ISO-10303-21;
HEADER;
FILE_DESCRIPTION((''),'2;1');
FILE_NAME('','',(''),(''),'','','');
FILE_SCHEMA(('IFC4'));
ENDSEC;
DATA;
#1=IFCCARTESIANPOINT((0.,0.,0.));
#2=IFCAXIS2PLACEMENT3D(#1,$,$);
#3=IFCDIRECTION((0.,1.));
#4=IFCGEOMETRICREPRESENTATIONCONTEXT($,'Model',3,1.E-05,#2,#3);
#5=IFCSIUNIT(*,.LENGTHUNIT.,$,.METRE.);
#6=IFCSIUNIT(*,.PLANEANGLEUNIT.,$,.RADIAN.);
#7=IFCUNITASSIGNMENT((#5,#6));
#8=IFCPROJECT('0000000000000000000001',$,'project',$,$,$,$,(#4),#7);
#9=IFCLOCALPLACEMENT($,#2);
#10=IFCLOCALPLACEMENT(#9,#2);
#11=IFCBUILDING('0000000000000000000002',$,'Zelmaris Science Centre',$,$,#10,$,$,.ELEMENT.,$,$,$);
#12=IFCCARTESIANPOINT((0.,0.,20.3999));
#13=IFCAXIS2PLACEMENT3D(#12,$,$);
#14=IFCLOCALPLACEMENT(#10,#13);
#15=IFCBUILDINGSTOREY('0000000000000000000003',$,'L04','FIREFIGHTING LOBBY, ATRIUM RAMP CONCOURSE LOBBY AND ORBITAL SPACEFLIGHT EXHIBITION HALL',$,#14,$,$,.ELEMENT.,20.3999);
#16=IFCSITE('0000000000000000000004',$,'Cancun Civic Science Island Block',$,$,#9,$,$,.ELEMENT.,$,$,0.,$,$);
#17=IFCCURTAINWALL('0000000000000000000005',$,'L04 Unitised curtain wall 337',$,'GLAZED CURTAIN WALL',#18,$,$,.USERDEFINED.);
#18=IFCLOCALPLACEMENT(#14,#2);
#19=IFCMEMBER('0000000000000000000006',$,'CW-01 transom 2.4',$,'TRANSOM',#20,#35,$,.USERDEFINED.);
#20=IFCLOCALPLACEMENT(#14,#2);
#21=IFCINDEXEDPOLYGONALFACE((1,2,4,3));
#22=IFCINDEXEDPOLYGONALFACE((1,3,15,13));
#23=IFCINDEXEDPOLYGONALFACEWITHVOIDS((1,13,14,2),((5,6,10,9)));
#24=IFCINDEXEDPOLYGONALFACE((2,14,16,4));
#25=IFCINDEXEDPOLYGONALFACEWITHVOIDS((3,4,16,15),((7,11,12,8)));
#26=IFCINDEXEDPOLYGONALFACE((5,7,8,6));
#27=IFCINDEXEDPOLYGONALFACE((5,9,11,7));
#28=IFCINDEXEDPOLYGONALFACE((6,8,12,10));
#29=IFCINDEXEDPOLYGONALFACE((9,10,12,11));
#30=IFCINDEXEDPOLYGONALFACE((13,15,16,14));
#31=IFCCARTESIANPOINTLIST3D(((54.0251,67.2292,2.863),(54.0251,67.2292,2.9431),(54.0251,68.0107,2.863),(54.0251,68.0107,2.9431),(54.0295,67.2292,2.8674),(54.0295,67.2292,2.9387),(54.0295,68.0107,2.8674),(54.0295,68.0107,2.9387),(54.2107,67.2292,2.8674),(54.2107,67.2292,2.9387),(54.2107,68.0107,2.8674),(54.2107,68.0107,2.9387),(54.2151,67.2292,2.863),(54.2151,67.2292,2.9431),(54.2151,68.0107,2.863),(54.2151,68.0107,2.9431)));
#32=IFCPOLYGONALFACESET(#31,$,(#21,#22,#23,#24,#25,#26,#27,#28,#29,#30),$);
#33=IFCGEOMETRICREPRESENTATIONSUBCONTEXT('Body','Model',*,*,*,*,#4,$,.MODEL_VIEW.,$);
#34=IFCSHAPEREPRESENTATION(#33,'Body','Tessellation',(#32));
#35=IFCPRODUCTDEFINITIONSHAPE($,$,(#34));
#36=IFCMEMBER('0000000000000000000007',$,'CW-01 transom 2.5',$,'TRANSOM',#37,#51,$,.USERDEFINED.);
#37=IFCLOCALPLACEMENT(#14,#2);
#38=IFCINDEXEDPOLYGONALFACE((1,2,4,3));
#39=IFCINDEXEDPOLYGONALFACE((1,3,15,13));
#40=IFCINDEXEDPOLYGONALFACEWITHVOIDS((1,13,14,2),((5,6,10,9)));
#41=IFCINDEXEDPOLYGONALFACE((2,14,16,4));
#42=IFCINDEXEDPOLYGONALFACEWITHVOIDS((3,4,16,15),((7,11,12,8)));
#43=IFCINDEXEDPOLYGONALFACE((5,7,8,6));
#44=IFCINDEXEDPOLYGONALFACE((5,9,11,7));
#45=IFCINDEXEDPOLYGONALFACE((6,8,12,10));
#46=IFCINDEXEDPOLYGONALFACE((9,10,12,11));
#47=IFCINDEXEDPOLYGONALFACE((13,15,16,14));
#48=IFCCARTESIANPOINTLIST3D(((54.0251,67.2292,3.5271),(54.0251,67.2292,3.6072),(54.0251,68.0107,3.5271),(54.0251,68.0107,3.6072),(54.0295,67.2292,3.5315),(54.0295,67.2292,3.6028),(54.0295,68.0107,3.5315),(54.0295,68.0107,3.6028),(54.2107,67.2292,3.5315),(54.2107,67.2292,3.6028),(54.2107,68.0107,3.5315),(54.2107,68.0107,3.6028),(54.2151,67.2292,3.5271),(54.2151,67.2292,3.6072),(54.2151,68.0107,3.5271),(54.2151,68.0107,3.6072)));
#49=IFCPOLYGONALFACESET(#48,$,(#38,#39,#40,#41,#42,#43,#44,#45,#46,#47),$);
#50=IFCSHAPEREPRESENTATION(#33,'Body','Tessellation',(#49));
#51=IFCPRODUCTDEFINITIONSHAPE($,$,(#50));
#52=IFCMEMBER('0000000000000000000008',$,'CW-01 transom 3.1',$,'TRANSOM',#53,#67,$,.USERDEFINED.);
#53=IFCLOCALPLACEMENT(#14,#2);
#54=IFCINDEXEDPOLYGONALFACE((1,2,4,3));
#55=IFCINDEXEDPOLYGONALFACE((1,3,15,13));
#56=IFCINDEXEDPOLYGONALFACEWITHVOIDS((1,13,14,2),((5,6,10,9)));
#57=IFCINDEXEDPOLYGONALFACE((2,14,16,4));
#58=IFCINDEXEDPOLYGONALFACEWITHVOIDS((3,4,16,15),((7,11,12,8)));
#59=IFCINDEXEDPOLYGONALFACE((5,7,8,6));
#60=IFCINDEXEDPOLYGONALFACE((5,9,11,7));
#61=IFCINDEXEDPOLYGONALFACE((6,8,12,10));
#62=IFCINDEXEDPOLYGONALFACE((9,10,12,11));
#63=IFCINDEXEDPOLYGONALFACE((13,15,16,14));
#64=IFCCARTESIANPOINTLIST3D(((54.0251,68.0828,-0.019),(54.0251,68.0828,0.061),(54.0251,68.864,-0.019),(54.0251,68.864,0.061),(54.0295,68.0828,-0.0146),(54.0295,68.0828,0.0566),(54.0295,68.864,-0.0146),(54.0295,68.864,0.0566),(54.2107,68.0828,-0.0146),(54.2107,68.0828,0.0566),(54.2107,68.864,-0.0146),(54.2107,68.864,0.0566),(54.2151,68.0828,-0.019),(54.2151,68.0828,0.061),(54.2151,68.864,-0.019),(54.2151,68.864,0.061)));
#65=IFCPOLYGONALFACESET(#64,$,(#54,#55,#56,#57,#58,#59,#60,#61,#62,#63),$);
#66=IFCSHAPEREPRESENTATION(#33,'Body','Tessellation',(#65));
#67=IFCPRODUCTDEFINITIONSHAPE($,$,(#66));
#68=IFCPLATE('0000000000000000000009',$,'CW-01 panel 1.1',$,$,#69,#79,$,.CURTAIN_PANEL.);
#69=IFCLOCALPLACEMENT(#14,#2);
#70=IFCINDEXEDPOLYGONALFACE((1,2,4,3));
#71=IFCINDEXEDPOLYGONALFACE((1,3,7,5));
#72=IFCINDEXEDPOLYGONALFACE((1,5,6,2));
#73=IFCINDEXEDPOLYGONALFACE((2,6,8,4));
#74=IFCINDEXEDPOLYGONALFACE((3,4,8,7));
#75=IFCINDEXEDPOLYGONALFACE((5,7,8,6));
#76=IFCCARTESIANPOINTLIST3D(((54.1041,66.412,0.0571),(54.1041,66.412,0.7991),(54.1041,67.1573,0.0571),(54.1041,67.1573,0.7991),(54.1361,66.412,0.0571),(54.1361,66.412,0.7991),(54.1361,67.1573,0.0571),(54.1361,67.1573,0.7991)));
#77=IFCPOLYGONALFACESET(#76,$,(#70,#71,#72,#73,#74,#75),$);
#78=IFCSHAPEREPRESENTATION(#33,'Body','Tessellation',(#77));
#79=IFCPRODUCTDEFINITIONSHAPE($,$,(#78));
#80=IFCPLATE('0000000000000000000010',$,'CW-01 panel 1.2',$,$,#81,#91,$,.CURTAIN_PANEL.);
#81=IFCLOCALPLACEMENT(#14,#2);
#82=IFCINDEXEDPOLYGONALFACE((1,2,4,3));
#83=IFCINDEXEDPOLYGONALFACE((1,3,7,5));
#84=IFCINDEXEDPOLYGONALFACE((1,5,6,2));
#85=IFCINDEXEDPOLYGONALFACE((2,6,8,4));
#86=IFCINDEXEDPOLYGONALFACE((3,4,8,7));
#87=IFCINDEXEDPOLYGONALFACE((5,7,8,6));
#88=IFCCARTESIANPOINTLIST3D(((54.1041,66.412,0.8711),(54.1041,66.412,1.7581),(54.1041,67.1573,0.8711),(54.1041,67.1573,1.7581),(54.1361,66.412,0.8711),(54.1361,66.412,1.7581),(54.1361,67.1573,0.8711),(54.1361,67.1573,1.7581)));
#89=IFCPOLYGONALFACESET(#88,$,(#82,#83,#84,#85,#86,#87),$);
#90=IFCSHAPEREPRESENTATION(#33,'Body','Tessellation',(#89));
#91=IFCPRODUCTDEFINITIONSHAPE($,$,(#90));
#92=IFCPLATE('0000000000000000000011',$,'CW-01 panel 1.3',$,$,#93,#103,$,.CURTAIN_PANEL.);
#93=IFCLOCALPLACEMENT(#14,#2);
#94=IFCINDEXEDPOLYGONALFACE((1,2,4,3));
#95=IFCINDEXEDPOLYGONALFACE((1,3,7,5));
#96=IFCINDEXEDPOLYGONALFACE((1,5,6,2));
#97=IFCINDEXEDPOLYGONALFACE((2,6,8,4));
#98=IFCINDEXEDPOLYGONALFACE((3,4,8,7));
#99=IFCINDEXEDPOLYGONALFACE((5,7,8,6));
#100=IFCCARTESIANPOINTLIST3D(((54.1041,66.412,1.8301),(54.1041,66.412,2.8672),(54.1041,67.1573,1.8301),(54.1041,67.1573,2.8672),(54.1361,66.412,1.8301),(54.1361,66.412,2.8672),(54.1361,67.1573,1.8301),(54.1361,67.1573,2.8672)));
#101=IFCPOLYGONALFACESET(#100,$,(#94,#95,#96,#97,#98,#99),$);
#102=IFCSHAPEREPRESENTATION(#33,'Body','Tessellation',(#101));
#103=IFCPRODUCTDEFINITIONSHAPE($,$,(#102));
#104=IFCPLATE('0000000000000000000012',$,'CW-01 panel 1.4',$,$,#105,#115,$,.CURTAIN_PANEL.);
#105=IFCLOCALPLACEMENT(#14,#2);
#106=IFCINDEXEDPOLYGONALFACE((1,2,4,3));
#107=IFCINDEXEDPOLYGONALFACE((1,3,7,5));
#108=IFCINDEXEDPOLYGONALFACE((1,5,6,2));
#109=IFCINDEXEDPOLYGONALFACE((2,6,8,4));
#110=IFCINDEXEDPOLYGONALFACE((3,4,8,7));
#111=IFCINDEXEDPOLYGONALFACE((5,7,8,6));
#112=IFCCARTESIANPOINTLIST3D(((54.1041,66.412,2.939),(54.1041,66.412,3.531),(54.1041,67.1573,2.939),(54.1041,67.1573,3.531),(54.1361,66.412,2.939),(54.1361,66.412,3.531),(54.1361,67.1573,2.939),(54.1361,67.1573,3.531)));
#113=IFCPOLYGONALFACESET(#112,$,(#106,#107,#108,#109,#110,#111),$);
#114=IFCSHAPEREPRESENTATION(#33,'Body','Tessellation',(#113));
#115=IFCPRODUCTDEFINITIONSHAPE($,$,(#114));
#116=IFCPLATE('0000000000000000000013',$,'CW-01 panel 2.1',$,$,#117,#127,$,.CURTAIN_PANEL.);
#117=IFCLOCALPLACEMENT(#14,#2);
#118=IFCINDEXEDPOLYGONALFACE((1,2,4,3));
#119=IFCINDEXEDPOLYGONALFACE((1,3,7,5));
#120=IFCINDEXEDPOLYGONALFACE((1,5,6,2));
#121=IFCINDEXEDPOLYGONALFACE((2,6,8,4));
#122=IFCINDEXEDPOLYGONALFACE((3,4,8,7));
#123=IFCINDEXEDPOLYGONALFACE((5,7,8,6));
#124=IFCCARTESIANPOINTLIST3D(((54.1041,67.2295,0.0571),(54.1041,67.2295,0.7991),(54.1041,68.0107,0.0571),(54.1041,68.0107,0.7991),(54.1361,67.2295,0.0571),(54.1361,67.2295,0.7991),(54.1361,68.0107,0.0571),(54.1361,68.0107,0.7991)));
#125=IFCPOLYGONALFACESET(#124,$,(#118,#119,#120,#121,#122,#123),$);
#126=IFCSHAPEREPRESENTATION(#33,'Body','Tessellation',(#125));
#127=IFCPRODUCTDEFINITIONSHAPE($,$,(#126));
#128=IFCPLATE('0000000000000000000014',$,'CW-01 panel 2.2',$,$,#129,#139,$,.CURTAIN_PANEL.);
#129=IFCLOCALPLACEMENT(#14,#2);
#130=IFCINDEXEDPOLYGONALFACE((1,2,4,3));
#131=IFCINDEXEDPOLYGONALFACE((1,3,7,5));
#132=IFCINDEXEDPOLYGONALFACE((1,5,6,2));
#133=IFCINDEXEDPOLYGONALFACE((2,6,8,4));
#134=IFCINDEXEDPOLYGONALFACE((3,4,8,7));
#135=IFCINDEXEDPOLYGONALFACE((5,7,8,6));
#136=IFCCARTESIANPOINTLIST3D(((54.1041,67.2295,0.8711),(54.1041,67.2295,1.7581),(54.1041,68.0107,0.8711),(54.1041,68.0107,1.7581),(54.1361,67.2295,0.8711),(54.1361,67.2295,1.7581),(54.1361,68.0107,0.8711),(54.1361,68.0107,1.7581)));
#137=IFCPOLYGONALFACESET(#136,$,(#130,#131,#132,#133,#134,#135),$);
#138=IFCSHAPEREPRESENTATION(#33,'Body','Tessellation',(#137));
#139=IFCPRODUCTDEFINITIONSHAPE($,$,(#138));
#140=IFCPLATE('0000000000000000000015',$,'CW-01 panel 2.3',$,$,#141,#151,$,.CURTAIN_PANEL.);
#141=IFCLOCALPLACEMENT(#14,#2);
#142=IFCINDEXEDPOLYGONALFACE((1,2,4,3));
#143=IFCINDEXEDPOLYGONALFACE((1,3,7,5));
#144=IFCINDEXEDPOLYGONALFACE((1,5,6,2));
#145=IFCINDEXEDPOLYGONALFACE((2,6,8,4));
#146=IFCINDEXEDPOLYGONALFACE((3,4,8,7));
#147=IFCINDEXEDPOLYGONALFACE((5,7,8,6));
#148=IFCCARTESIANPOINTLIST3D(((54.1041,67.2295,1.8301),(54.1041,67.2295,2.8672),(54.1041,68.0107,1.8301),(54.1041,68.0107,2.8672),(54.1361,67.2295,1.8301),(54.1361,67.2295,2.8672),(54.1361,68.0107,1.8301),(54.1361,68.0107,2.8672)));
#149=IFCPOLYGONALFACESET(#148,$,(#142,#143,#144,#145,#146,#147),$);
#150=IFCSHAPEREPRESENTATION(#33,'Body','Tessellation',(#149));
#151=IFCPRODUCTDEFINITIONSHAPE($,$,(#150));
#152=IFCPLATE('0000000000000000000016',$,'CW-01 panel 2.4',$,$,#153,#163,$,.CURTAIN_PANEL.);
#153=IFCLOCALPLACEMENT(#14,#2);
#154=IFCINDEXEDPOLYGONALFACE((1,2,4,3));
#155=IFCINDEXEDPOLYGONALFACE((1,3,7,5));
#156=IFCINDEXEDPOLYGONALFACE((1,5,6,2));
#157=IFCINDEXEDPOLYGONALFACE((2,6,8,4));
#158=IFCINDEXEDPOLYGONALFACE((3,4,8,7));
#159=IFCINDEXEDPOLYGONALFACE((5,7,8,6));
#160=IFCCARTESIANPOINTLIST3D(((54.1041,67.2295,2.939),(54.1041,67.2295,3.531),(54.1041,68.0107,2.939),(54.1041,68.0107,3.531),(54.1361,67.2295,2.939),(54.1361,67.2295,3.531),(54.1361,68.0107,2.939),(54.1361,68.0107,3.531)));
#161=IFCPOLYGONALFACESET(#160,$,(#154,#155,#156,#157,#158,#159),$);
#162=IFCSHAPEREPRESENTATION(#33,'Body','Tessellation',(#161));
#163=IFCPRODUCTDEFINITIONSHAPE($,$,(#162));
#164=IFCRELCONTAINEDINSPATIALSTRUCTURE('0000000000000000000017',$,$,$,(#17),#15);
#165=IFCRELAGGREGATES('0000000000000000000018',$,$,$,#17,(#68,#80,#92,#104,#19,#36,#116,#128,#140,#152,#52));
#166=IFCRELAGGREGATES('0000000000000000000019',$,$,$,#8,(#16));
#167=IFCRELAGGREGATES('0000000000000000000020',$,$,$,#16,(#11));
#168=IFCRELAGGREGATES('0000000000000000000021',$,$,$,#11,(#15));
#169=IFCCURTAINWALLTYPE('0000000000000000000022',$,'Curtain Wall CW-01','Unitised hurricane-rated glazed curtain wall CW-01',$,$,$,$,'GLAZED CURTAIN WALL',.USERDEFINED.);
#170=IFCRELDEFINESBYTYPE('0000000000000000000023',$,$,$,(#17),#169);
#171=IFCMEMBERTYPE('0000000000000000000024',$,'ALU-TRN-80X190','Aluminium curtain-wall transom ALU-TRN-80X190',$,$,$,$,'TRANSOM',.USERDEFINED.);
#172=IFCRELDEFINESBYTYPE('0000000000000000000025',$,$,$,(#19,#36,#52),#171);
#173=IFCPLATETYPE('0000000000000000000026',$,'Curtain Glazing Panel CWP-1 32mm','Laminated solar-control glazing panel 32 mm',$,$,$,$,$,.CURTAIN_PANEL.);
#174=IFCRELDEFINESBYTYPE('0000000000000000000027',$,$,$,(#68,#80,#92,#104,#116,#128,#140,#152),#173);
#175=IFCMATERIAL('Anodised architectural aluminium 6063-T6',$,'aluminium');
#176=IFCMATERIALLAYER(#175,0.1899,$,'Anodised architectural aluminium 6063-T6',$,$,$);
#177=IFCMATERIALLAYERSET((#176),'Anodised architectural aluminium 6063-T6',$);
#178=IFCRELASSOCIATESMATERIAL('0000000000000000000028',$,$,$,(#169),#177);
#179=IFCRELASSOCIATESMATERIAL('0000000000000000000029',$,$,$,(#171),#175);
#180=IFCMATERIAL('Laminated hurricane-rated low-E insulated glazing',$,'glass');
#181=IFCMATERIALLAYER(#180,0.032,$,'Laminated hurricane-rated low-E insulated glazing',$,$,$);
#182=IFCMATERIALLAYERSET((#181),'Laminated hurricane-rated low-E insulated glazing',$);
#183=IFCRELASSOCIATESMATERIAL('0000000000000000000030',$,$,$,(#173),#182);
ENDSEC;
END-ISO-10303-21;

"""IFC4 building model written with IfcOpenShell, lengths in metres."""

from ifc_helpers import new_model, si_unit, direction, frame, origin, origin_2d, place, context, subcontext, project, spatial, rectangle, hollow_rectangle, extrude, material, layer, layer_set, material_profile, profile_set, type_object, element, aggregate, save


model = new_model("IFC4")

# Units and contexts
model_context = context("Model", 3, precision=1e-05, world=origin(), true_north=direction((0.0, 1.0)))
body_context = subcontext(model_context, "Body", "Model", "MODEL_VIEW")
ifc_project = project(units=[si_unit("LENGTHUNIT", "METRE"), si_unit("PLANEANGLEUNIT", "RADIAN")], contexts=[model_context])

# Site, building, storey
site_placement = place(None, origin())
site = spatial("IfcSite", under=ifc_project, at=site_placement, Name="Cancun Civic Science Island Block", CompositionType="ELEMENT", RefElevation=0.0)
building_placement = place(site_placement, origin())
building = spatial("IfcBuilding", under=site, at=building_placement, Name="Zelmaris Science Centre", CompositionType="ELEMENT")
storey_placement = place(building_placement, frame((0.0, 0.0, 20.3999)))
storey = spatial("IfcBuildingStorey", under=building, at=storey_placement, Name="L04", Description="FIREFIGHTING LOBBY, ATRIUM RAMP CONCOURSE LOBBY AND ORBITAL SPACEFLIGHT EXHIBITION HALL", CompositionType="ELEMENT", Elevation=20.3999)

# Curtain wall, members, plates
ifc_material_1 = material(Name="Anodised architectural aluminium 6063-T6", Category="aluminium")
ifc_layer_1 = layer(ifc_material_1, 0.1899, Name="Anodised architectural aluminium 6063-T6")
ifc_layer_set_1 = layer_set([ifc_layer_1], Name="Anodised architectural aluminium 6063-T6")
curtain_wall_type = type_object("IfcCurtainWallType", Name="Curtain Wall CW-01", Description="Unitised hurricane-rated glazed curtain wall CW-01", ElementType="GLAZED CURTAIN WALL", PredefinedType="USERDEFINED", material=ifc_layer_set_1)
curtain_wall_placement = place(storey_placement, origin())
curtain_wall = element("IfcCurtainWall", 1, at=curtain_wall_placement, inside=storey, type_object=curtain_wall_type, Name="L04 Unitised curtain wall 337", ObjectType="GLAZED CURTAIN WALL", PredefinedType="USERDEFINED")
ifc_material_profile_1 = material_profile(ifc_material_1, hollow_rectangle(XDim=0.0801, YDim=0.1899, WallThickness=0.0044, at=origin_2d()), Name="ALU-TRN-80X190")
ifc_profile_set_1 = profile_set([ifc_material_profile_1], Name="Anodised architectural aluminium 6063-T6")
member_type_1 = type_object("IfcMemberType", Name="ALU-TRN-80X190", Description="Aluminium curtain-wall transom ALU-TRN-80X190", ElementType="TRANSOM", PredefinedType="USERDEFINED", material=ifc_profile_set_1)
member_1_placement = place(storey_placement, frame((54.1201, 67.2292, 2.9031), z_axis=(0.0, 1.0, 0.0), x_axis=(0.0, 0.0, 1.0)))
member_1 = element("IfcMember", 2, at=member_1_placement, type_object=member_type_1, Name="CW-01 transom 2.4", ObjectType="TRANSOM", PredefinedType="USERDEFINED", context=body_context, shape_type="SweptSolid", body=[
    extrude(hollow_rectangle(XDim=0.0801, YDim=0.1899, WallThickness=0.0044, at=origin_2d()), origin(), (0.0, 0.0, 1.0), 0.7815),
])
member_2_placement = place(storey_placement, frame((54.1201, 67.2292, 3.5671), z_axis=(0.0, 1.0, 0.0), x_axis=(0.0, 0.0, 1.0)))
member_2 = element("IfcMember", 3, at=member_2_placement, type_object=member_type_1, Name="CW-01 transom 2.5", ObjectType="TRANSOM", PredefinedType="USERDEFINED", context=body_context, shape_type="SweptSolid", body=[
    extrude(hollow_rectangle(XDim=0.0801, YDim=0.1899, WallThickness=0.0044, at=origin_2d()), origin(), (0.0, 0.0, 1.0), 0.7815),
])
member_3_placement = place(storey_placement, frame((54.1201, 68.0828, 0.021), z_axis=(0.0, 1.0, 0.0), x_axis=(0.0, 0.0, 1.0)))
member_3 = element("IfcMember", 4, at=member_3_placement, type_object=member_type_1, Name="CW-01 transom 3.1", ObjectType="TRANSOM", PredefinedType="USERDEFINED", context=body_context, shape_type="SweptSolid", body=[
    extrude(hollow_rectangle(XDim=0.0801, YDim=0.1899, WallThickness=0.0044, at=origin_2d()), origin(), (0.0, 0.0, 1.0), 0.7812),
])
ifc_material_2 = material(Name="Laminated hurricane-rated low-E insulated glazing", Category="glass")
ifc_layer_2 = layer(ifc_material_2, 0.032, Name="Laminated hurricane-rated low-E insulated glazing")
ifc_layer_set_2 = layer_set([ifc_layer_2], Name="Laminated hurricane-rated low-E insulated glazing")
plate_type = type_object("IfcPlateType", Name="Curtain Glazing Panel CWP-1 32mm", Description="Laminated solar-control glazing panel 32 mm", PredefinedType="CURTAIN_PANEL", material=ifc_layer_set_2)
plate_1_placement = place(storey_placement, frame((54.1201, 66.7847, 0.0571), z_axis=(0.0, 0.0, 1.0), x_axis=(0.0, 1.0, 0.0)))
plate_1 = element("IfcPlate", 5, at=plate_1_placement, type_object=plate_type, Name="CW-01 panel 1.1", PredefinedType="CURTAIN_PANEL", context=body_context, shape_type="SweptSolid", body=[
    extrude(rectangle(XDim=0.7454, YDim=0.032, at=origin_2d()), origin(), (0.0, 0.0, 1.0), 0.7419),
])
plate_2_placement = place(storey_placement, frame((54.1201, 66.7847, 0.8711), z_axis=(0.0, 0.0, 1.0), x_axis=(0.0, 1.0, 0.0)))
plate_2 = element("IfcPlate", 6, at=plate_2_placement, type_object=plate_type, Name="CW-01 panel 1.2", PredefinedType="CURTAIN_PANEL", context=body_context, shape_type="SweptSolid", body=[
    extrude(rectangle(XDim=0.7454, YDim=0.032, at=origin_2d()), origin(), (0.0, 0.0, 1.0), 0.887),
])
plate_3_placement = place(storey_placement, frame((54.1201, 66.7847, 1.8301), z_axis=(0.0, 0.0, 1.0), x_axis=(0.0, 1.0, 0.0)))
plate_3 = element("IfcPlate", 7, at=plate_3_placement, type_object=plate_type, Name="CW-01 panel 1.3", PredefinedType="CURTAIN_PANEL", context=body_context, shape_type="SweptSolid", body=[
    extrude(rectangle(XDim=0.7454, YDim=0.032, at=origin_2d()), origin(), (0.0, 0.0, 1.0), 1.0371),
])
plate_4_placement = place(storey_placement, frame((54.1201, 66.7847, 2.939), z_axis=(0.0, 0.0, 1.0), x_axis=(0.0, 1.0, 0.0)))
plate_4 = element("IfcPlate", 8, at=plate_4_placement, type_object=plate_type, Name="CW-01 panel 1.4", PredefinedType="CURTAIN_PANEL", context=body_context, shape_type="SweptSolid", body=[
    extrude(rectangle(XDim=0.7454, YDim=0.032, at=origin_2d()), origin(), (0.0, 0.0, 1.0), 0.592),
])
plate_5_placement = place(storey_placement, frame((54.1201, 67.6201, 0.0571), z_axis=(0.0, 0.0, 1.0), x_axis=(0.0, 1.0, 0.0)))
plate_5 = element("IfcPlate", 9, at=plate_5_placement, type_object=plate_type, Name="CW-01 panel 2.1", PredefinedType="CURTAIN_PANEL", context=body_context, shape_type="SweptSolid", body=[
    extrude(rectangle(XDim=0.7812, YDim=0.032, at=origin_2d()), origin(), (0.0, 0.0, 1.0), 0.7419),
])
plate_6_placement = place(storey_placement, frame((54.1201, 67.6201, 0.8711), z_axis=(0.0, 0.0, 1.0), x_axis=(0.0, 1.0, 0.0)))
plate_6 = element("IfcPlate", 10, at=plate_6_placement, type_object=plate_type, Name="CW-01 panel 2.2", PredefinedType="CURTAIN_PANEL", context=body_context, shape_type="SweptSolid", body=[
    extrude(rectangle(XDim=0.7812, YDim=0.032, at=origin_2d()), origin(), (0.0, 0.0, 1.0), 0.887),
])
plate_7_placement = place(storey_placement, frame((54.1201, 67.6201, 1.8301), z_axis=(0.0, 0.0, 1.0), x_axis=(0.0, 1.0, 0.0)))
plate_7 = element("IfcPlate", 11, at=plate_7_placement, type_object=plate_type, Name="CW-01 panel 2.3", PredefinedType="CURTAIN_PANEL", context=body_context, shape_type="SweptSolid", body=[
    extrude(rectangle(XDim=0.7812, YDim=0.032, at=origin_2d()), origin(), (0.0, 0.0, 1.0), 1.0371),
])
plate_8_placement = place(storey_placement, frame((54.1201, 67.6201, 2.939), z_axis=(0.0, 0.0, 1.0), x_axis=(0.0, 1.0, 0.0)))
plate_8 = element("IfcPlate", 12, at=plate_8_placement, type_object=plate_type, Name="CW-01 panel 2.4", PredefinedType="CURTAIN_PANEL", context=body_context, shape_type="SweptSolid", body=[
    extrude(rectangle(XDim=0.7812, YDim=0.032, at=origin_2d()), origin(), (0.0, 0.0, 1.0), 0.592),
])
aggregate(curtain_wall, [plate_1, plate_2, plate_3, plate_4, member_1, member_2, plate_5, plate_6, plate_7, plate_8, member_3])

save(model, "model.ifc")
